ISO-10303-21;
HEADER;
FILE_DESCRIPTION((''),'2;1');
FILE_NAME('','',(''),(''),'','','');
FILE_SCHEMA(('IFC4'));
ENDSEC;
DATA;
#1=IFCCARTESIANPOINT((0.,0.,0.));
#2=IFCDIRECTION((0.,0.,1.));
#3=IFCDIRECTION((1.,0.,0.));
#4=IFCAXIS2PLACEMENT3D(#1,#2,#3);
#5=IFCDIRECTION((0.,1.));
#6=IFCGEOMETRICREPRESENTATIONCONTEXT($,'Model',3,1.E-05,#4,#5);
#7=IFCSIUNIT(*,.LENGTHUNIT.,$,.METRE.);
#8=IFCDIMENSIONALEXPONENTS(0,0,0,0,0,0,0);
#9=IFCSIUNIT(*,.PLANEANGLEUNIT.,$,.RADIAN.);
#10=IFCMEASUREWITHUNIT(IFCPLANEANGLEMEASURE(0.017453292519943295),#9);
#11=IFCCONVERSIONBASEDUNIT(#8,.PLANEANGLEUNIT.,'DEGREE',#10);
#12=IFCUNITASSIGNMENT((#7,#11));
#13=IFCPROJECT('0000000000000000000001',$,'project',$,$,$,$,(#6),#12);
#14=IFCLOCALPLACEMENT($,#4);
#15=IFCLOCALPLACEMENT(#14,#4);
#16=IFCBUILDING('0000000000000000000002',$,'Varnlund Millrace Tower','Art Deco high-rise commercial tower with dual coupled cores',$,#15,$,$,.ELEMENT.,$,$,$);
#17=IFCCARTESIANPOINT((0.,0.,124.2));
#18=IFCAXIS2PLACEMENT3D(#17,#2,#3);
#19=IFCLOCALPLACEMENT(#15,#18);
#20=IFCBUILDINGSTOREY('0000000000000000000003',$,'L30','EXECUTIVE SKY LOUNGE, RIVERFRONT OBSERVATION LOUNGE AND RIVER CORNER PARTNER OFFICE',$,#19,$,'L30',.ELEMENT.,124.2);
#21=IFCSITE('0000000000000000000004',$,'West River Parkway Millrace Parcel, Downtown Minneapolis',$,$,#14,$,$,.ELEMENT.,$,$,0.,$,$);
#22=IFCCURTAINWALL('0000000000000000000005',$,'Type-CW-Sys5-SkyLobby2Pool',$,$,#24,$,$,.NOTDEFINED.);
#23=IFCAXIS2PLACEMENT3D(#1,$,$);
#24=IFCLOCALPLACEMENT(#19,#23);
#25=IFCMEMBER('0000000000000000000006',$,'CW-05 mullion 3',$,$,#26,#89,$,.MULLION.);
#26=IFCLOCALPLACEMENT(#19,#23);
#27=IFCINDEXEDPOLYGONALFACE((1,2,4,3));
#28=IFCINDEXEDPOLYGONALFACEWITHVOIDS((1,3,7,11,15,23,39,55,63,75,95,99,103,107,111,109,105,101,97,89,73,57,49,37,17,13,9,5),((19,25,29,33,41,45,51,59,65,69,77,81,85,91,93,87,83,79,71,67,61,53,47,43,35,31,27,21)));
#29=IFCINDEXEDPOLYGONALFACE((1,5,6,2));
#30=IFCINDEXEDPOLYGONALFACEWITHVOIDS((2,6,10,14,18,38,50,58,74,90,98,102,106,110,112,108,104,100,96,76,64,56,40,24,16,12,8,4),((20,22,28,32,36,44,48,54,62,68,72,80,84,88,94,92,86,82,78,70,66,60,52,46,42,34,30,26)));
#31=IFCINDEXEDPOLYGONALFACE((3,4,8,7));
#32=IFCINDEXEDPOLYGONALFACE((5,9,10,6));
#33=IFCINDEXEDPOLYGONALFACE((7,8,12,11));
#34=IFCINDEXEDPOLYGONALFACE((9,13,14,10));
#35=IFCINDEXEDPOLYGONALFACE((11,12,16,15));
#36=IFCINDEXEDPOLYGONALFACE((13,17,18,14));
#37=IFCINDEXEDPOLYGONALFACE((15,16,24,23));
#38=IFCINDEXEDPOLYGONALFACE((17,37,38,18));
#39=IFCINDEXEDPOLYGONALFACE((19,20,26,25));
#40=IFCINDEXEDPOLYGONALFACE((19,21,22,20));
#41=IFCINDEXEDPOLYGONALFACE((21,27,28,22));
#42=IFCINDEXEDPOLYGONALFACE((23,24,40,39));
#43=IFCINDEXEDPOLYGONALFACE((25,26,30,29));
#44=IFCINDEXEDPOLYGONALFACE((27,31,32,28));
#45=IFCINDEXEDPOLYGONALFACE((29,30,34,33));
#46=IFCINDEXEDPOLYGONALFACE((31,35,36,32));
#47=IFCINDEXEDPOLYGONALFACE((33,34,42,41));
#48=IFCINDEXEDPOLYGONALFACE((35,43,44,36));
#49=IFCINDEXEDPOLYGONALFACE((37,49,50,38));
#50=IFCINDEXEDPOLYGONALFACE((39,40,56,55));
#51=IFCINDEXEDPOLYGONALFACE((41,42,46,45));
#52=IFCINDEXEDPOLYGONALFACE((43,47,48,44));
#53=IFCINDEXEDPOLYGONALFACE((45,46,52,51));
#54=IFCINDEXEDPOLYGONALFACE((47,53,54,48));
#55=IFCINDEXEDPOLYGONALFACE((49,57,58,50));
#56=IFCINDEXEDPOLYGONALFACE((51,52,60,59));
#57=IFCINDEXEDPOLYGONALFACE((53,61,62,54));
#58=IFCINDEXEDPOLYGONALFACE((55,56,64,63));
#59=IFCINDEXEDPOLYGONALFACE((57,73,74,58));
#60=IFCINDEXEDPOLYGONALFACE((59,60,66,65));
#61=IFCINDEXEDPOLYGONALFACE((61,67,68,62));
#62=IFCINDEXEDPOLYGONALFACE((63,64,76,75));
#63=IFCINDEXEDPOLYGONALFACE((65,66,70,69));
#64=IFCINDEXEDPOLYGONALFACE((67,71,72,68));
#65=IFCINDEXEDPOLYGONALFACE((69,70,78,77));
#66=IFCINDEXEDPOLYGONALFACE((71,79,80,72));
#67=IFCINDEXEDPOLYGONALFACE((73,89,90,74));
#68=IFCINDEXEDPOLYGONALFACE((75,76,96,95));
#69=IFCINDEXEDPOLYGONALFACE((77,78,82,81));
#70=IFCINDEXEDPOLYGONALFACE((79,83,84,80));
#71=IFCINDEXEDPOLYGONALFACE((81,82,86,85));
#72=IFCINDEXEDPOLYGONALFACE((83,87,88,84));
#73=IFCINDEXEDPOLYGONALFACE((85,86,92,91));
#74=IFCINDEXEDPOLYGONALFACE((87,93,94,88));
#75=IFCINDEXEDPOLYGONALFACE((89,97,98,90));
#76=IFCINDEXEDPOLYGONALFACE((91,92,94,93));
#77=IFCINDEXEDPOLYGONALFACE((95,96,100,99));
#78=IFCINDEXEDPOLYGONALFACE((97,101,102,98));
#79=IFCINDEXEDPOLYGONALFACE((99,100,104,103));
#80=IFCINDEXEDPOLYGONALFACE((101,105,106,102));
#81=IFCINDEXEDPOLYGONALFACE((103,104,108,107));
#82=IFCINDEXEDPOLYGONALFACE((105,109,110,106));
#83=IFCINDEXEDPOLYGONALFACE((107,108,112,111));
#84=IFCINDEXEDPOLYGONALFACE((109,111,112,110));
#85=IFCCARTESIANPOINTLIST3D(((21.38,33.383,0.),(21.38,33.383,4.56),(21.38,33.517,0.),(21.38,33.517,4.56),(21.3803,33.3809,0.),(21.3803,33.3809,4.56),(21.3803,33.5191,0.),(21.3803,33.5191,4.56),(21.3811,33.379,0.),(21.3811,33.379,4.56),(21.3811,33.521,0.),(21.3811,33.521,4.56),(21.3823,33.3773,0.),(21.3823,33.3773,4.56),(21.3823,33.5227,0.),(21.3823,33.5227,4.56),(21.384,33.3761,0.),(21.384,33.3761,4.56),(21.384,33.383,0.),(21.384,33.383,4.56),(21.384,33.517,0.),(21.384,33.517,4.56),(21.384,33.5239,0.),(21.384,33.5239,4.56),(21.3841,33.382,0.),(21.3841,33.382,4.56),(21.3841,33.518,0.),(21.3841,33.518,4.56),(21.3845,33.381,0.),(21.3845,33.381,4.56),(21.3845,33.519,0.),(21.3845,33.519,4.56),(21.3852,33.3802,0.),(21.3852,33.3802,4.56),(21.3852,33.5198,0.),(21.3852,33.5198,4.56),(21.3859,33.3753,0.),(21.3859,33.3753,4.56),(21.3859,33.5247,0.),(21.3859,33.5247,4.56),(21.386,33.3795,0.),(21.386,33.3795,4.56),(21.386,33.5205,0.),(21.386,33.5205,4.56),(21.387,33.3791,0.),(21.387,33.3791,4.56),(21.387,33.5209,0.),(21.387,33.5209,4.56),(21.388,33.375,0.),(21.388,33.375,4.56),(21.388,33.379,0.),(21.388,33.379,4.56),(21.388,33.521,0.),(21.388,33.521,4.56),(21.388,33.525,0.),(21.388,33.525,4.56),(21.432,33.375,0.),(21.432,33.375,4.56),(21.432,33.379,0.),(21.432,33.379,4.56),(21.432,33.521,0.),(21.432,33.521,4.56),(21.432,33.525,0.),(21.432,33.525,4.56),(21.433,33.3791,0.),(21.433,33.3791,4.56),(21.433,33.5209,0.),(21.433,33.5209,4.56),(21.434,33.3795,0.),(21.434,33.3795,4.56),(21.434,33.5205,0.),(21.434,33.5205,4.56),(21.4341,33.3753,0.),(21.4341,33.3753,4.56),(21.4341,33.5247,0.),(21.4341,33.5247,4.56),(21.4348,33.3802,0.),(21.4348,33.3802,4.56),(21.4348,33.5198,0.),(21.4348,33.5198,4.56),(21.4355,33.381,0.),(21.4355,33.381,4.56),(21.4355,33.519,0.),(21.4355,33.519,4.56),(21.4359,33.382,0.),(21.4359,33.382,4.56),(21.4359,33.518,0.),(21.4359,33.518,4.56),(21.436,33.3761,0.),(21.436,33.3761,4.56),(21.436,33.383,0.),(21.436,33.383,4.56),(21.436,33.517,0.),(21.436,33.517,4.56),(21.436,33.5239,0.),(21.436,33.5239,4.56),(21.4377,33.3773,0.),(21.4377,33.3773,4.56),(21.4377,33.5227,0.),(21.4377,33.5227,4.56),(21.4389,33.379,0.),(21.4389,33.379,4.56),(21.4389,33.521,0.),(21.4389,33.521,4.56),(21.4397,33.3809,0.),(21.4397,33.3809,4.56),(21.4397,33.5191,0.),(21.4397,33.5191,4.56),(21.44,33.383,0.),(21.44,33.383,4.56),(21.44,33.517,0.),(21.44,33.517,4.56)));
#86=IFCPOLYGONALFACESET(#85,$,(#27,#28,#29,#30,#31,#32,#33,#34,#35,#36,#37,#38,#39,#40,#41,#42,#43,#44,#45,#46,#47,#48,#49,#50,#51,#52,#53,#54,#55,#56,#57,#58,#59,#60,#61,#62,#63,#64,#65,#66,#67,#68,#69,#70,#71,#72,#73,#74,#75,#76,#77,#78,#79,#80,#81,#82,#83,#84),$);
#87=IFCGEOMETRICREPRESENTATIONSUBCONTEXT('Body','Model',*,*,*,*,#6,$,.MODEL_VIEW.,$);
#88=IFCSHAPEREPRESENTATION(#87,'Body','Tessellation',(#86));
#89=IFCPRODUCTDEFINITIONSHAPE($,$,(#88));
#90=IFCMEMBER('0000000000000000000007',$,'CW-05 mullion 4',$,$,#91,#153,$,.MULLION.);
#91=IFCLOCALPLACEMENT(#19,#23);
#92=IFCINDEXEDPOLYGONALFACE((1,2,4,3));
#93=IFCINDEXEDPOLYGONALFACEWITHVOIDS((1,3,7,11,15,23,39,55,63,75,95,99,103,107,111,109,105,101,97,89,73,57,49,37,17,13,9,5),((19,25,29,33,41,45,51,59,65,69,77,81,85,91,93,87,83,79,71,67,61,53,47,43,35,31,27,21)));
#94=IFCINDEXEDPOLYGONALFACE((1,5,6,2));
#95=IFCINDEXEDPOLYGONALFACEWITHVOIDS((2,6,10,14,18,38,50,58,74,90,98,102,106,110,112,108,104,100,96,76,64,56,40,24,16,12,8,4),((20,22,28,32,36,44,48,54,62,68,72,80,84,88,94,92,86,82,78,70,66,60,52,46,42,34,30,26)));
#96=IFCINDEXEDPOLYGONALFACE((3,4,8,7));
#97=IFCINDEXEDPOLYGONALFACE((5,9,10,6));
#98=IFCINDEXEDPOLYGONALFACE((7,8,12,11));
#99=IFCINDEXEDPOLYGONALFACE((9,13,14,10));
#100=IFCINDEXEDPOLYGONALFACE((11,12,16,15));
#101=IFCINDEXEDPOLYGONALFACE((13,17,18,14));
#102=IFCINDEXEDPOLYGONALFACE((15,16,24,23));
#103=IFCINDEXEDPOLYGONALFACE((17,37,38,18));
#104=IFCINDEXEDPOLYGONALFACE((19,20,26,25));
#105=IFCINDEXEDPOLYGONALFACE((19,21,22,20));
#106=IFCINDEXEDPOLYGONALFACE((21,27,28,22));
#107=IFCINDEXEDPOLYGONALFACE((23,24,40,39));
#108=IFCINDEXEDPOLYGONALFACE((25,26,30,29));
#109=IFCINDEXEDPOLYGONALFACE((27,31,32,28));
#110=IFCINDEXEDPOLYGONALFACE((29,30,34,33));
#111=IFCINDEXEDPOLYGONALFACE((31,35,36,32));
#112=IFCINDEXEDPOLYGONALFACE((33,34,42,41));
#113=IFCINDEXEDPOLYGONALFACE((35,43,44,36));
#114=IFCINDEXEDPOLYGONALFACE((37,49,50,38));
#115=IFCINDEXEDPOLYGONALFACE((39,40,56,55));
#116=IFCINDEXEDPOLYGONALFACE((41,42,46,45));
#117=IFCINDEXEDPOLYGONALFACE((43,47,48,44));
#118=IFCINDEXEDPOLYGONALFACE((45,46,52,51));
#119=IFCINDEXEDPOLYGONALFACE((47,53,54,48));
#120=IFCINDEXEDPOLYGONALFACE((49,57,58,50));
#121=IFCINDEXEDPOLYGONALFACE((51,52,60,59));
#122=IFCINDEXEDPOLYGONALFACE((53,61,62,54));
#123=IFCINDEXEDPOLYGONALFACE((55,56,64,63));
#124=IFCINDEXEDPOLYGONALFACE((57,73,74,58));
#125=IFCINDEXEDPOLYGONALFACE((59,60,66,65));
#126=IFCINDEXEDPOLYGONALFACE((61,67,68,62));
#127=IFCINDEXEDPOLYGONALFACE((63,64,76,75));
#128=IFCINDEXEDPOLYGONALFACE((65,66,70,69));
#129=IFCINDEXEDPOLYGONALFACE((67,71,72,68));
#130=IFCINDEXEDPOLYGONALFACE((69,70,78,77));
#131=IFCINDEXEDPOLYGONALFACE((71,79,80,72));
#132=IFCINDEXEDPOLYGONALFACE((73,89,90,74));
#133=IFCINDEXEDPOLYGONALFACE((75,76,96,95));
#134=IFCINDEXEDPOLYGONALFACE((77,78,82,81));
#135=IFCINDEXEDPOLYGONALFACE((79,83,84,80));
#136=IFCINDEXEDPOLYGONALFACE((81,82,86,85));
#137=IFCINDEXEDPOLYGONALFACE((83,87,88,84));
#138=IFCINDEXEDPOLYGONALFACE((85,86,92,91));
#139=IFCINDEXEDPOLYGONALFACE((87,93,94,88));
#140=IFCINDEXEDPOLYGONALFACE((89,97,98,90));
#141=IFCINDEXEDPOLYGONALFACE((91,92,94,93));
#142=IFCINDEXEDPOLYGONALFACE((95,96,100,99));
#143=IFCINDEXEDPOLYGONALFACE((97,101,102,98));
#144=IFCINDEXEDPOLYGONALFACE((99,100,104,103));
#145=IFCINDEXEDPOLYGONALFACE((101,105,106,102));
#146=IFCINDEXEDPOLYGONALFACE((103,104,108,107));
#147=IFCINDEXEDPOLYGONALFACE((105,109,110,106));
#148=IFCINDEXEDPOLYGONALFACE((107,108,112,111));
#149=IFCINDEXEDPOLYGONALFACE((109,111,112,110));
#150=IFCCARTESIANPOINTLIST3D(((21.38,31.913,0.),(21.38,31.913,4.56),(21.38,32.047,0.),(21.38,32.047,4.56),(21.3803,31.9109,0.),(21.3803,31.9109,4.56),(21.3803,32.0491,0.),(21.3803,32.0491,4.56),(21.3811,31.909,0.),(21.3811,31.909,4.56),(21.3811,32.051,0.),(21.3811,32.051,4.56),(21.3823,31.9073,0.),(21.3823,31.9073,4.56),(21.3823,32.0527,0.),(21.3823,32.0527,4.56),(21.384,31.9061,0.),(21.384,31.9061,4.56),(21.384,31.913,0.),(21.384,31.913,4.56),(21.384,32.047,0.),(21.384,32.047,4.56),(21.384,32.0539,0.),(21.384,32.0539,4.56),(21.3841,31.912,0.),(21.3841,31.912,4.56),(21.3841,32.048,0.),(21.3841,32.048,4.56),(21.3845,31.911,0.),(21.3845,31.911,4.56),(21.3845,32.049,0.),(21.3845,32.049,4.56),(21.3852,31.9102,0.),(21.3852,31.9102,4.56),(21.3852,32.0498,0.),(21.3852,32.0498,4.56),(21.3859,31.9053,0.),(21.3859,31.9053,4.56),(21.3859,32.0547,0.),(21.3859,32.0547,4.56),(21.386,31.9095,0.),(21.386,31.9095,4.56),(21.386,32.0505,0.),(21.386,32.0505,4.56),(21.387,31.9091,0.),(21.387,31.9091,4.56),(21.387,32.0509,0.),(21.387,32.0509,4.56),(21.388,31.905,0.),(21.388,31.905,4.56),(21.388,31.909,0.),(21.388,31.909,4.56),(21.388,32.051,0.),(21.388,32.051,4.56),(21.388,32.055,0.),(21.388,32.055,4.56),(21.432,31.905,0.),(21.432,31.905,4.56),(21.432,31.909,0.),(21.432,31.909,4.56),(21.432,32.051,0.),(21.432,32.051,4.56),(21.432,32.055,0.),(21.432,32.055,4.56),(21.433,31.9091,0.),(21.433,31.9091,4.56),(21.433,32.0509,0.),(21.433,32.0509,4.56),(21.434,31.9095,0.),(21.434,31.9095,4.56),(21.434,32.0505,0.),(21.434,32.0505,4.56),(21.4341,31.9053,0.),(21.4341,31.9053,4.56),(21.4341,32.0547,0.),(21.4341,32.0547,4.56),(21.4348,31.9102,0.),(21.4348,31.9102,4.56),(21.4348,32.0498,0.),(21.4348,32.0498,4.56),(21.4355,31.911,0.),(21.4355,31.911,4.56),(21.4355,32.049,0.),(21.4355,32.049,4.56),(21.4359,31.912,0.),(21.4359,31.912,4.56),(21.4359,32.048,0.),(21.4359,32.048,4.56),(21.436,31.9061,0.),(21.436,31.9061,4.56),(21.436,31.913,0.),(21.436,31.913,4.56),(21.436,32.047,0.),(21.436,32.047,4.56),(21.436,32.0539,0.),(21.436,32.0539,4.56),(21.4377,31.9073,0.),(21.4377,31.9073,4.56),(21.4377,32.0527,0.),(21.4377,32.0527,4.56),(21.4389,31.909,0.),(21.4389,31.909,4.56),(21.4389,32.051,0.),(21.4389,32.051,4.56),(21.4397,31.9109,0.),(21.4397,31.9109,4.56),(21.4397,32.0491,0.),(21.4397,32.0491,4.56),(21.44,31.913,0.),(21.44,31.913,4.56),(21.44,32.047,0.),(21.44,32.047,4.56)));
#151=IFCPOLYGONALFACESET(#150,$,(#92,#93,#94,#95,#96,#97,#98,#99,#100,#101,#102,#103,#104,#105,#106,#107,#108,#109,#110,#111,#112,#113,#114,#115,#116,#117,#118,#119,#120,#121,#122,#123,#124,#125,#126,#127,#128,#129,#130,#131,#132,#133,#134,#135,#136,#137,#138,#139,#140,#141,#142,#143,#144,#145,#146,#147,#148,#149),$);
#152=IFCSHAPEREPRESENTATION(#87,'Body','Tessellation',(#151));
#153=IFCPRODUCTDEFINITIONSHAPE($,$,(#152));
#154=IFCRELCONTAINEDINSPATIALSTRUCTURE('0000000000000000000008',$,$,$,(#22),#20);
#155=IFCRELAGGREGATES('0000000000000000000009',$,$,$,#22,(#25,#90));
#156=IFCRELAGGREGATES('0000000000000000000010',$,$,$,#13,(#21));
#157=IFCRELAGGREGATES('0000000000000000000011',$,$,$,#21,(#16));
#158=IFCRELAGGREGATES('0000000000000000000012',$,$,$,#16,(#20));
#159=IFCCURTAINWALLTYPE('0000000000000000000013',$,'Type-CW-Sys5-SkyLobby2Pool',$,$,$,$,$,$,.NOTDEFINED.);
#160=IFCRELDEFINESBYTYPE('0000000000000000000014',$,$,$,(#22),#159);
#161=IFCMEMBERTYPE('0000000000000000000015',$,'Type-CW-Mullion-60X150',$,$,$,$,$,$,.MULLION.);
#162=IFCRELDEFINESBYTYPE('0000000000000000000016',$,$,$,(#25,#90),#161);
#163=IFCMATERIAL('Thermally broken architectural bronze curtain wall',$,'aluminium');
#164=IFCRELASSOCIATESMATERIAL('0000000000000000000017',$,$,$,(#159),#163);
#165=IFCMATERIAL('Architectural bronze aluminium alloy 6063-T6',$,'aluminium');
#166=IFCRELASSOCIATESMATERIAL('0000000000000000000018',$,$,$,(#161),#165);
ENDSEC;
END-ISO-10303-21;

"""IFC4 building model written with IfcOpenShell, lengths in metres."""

from ifc_helpers import new_model, entity, si_unit, converted_unit, direction, frame, origin_with_axes, origin_2d_with_axis, place, context, subcontext, project, spatial, hollow_rectangle, extrude, material, material_profile, profile_set, type_object, element, aggregate, save


model = new_model("IFC4")

# Units and contexts
model_context = context("Model", 3, precision=1e-05, world=origin_with_axes(), true_north=direction((0.0, 1.0)))
body_context = subcontext(model_context, "Body", "Model", "MODEL_VIEW")
ifc_project = project(units=[si_unit("LENGTHUNIT", "METRE"), converted_unit("PLANEANGLEUNIT", "DEGREE", entity("IfcPlaneAngleMeasure", 0.017453292519943295), si_unit("PLANEANGLEUNIT", "RADIAN"), dimensions=[0, 0, 0, 0, 0, 0, 0])], contexts=[model_context])

# Site, building, storey
site_placement = place(None, origin_with_axes())
site = spatial("IfcSite", under=ifc_project, at=site_placement, Name="West River Parkway Millrace Parcel, Downtown Minneapolis", CompositionType="ELEMENT", RefElevation=0.0)
building_placement = place(site_placement, origin_with_axes())
building = spatial("IfcBuilding", under=site, at=building_placement, Name="Varnlund Millrace Tower", Description="Art Deco high-rise commercial tower with dual coupled cores", CompositionType="ELEMENT")
storey_placement = place(building_placement, frame((0.0, 0.0, 124.2), z_axis=(0.0, 0.0, 1.0), x_axis=(1.0, 0.0, 0.0)))
storey = spatial("IfcBuildingStorey", under=building, at=storey_placement, Name="L30", Description="EXECUTIVE SKY LOUNGE, RIVERFRONT OBSERVATION LOUNGE AND RIVER CORNER PARTNER OFFICE", LongName="L30", CompositionType="ELEMENT", Elevation=124.2)

# Curtain wall, members
ifc_material_1 = material(Name="Thermally broken architectural bronze curtain wall", Category="aluminium")
curtain_wall_type = type_object("IfcCurtainWallType", Name="Type-CW-Sys5-SkyLobby2Pool", PredefinedType="NOTDEFINED", material=ifc_material_1)
curtain_wall_1_placement = place(storey_placement, frame((21.41, 36.45, 0.0), z_axis=(0.0, 0.0, 1.0), x_axis=(1.0, 0.0, 0.0)))
curtain_wall_1 = element("IfcCurtainWall", 1, at=curtain_wall_1_placement, inside=storey, type_object=curtain_wall_type, Name="Type-CW-Sys5-SkyLobby2Pool", PredefinedType="NOTDEFINED")
ifc_material_2 = material(Name="Architectural bronze aluminium alloy 6063-T6", Category="aluminium")
ifc_material_profile_1 = material_profile(ifc_material_2, hollow_rectangle(XDim=0.06, YDim=0.15, WallThickness=0.004, InnerFilletRadius=0.004, OuterFilletRadius=0.008, at=origin_2d_with_axis()), Name="Architectural bronze aluminium alloy 6063-T6")
ifc_profile_set_1 = profile_set([ifc_material_profile_1], Name="Architectural bronze aluminium alloy 6063-T6")
member_type = type_object("IfcMemberType", Name="Type-CW-Mullion-60X150", PredefinedType="MULLION", material=ifc_profile_set_1)
member_1_placement = place(storey_placement, frame((21.41, 33.45, 0.0), z_axis=(0.0, 0.0, 1.0), x_axis=(1.0, 0.0, 0.0)))
member_1 = element("IfcMember", 2, at=member_1_placement, type_object=member_type, Name="CW-05 mullion 3", PredefinedType="MULLION", context=body_context, shape_type="SweptSolid", body=[
    extrude(hollow_rectangle(XDim=0.06, YDim=0.15, WallThickness=0.004, InnerFilletRadius=0.004, OuterFilletRadius=0.008, at=origin_2d_with_axis()), origin_with_axes(), (0.0, 0.0, 1.0), 4.56),
])
member_2_placement = place(storey_placement, frame((21.41, 31.98, 0.0), z_axis=(0.0, 0.0, 1.0), x_axis=(1.0, 0.0, 0.0)))
member_2 = element("IfcMember", 3, at=member_2_placement, type_object=member_type, Name="CW-05 mullion 4", PredefinedType="MULLION", context=body_context, shape_type="SweptSolid", body=[
    extrude(hollow_rectangle(XDim=0.06, YDim=0.15, WallThickness=0.004, InnerFilletRadius=0.004, OuterFilletRadius=0.008, at=origin_2d_with_axis()), origin_with_axes(), (0.0, 0.0, 1.0), 4.56),
])
aggregate(curtain_wall_1, [member_1, member_2])

save(model, "model.ifc")
